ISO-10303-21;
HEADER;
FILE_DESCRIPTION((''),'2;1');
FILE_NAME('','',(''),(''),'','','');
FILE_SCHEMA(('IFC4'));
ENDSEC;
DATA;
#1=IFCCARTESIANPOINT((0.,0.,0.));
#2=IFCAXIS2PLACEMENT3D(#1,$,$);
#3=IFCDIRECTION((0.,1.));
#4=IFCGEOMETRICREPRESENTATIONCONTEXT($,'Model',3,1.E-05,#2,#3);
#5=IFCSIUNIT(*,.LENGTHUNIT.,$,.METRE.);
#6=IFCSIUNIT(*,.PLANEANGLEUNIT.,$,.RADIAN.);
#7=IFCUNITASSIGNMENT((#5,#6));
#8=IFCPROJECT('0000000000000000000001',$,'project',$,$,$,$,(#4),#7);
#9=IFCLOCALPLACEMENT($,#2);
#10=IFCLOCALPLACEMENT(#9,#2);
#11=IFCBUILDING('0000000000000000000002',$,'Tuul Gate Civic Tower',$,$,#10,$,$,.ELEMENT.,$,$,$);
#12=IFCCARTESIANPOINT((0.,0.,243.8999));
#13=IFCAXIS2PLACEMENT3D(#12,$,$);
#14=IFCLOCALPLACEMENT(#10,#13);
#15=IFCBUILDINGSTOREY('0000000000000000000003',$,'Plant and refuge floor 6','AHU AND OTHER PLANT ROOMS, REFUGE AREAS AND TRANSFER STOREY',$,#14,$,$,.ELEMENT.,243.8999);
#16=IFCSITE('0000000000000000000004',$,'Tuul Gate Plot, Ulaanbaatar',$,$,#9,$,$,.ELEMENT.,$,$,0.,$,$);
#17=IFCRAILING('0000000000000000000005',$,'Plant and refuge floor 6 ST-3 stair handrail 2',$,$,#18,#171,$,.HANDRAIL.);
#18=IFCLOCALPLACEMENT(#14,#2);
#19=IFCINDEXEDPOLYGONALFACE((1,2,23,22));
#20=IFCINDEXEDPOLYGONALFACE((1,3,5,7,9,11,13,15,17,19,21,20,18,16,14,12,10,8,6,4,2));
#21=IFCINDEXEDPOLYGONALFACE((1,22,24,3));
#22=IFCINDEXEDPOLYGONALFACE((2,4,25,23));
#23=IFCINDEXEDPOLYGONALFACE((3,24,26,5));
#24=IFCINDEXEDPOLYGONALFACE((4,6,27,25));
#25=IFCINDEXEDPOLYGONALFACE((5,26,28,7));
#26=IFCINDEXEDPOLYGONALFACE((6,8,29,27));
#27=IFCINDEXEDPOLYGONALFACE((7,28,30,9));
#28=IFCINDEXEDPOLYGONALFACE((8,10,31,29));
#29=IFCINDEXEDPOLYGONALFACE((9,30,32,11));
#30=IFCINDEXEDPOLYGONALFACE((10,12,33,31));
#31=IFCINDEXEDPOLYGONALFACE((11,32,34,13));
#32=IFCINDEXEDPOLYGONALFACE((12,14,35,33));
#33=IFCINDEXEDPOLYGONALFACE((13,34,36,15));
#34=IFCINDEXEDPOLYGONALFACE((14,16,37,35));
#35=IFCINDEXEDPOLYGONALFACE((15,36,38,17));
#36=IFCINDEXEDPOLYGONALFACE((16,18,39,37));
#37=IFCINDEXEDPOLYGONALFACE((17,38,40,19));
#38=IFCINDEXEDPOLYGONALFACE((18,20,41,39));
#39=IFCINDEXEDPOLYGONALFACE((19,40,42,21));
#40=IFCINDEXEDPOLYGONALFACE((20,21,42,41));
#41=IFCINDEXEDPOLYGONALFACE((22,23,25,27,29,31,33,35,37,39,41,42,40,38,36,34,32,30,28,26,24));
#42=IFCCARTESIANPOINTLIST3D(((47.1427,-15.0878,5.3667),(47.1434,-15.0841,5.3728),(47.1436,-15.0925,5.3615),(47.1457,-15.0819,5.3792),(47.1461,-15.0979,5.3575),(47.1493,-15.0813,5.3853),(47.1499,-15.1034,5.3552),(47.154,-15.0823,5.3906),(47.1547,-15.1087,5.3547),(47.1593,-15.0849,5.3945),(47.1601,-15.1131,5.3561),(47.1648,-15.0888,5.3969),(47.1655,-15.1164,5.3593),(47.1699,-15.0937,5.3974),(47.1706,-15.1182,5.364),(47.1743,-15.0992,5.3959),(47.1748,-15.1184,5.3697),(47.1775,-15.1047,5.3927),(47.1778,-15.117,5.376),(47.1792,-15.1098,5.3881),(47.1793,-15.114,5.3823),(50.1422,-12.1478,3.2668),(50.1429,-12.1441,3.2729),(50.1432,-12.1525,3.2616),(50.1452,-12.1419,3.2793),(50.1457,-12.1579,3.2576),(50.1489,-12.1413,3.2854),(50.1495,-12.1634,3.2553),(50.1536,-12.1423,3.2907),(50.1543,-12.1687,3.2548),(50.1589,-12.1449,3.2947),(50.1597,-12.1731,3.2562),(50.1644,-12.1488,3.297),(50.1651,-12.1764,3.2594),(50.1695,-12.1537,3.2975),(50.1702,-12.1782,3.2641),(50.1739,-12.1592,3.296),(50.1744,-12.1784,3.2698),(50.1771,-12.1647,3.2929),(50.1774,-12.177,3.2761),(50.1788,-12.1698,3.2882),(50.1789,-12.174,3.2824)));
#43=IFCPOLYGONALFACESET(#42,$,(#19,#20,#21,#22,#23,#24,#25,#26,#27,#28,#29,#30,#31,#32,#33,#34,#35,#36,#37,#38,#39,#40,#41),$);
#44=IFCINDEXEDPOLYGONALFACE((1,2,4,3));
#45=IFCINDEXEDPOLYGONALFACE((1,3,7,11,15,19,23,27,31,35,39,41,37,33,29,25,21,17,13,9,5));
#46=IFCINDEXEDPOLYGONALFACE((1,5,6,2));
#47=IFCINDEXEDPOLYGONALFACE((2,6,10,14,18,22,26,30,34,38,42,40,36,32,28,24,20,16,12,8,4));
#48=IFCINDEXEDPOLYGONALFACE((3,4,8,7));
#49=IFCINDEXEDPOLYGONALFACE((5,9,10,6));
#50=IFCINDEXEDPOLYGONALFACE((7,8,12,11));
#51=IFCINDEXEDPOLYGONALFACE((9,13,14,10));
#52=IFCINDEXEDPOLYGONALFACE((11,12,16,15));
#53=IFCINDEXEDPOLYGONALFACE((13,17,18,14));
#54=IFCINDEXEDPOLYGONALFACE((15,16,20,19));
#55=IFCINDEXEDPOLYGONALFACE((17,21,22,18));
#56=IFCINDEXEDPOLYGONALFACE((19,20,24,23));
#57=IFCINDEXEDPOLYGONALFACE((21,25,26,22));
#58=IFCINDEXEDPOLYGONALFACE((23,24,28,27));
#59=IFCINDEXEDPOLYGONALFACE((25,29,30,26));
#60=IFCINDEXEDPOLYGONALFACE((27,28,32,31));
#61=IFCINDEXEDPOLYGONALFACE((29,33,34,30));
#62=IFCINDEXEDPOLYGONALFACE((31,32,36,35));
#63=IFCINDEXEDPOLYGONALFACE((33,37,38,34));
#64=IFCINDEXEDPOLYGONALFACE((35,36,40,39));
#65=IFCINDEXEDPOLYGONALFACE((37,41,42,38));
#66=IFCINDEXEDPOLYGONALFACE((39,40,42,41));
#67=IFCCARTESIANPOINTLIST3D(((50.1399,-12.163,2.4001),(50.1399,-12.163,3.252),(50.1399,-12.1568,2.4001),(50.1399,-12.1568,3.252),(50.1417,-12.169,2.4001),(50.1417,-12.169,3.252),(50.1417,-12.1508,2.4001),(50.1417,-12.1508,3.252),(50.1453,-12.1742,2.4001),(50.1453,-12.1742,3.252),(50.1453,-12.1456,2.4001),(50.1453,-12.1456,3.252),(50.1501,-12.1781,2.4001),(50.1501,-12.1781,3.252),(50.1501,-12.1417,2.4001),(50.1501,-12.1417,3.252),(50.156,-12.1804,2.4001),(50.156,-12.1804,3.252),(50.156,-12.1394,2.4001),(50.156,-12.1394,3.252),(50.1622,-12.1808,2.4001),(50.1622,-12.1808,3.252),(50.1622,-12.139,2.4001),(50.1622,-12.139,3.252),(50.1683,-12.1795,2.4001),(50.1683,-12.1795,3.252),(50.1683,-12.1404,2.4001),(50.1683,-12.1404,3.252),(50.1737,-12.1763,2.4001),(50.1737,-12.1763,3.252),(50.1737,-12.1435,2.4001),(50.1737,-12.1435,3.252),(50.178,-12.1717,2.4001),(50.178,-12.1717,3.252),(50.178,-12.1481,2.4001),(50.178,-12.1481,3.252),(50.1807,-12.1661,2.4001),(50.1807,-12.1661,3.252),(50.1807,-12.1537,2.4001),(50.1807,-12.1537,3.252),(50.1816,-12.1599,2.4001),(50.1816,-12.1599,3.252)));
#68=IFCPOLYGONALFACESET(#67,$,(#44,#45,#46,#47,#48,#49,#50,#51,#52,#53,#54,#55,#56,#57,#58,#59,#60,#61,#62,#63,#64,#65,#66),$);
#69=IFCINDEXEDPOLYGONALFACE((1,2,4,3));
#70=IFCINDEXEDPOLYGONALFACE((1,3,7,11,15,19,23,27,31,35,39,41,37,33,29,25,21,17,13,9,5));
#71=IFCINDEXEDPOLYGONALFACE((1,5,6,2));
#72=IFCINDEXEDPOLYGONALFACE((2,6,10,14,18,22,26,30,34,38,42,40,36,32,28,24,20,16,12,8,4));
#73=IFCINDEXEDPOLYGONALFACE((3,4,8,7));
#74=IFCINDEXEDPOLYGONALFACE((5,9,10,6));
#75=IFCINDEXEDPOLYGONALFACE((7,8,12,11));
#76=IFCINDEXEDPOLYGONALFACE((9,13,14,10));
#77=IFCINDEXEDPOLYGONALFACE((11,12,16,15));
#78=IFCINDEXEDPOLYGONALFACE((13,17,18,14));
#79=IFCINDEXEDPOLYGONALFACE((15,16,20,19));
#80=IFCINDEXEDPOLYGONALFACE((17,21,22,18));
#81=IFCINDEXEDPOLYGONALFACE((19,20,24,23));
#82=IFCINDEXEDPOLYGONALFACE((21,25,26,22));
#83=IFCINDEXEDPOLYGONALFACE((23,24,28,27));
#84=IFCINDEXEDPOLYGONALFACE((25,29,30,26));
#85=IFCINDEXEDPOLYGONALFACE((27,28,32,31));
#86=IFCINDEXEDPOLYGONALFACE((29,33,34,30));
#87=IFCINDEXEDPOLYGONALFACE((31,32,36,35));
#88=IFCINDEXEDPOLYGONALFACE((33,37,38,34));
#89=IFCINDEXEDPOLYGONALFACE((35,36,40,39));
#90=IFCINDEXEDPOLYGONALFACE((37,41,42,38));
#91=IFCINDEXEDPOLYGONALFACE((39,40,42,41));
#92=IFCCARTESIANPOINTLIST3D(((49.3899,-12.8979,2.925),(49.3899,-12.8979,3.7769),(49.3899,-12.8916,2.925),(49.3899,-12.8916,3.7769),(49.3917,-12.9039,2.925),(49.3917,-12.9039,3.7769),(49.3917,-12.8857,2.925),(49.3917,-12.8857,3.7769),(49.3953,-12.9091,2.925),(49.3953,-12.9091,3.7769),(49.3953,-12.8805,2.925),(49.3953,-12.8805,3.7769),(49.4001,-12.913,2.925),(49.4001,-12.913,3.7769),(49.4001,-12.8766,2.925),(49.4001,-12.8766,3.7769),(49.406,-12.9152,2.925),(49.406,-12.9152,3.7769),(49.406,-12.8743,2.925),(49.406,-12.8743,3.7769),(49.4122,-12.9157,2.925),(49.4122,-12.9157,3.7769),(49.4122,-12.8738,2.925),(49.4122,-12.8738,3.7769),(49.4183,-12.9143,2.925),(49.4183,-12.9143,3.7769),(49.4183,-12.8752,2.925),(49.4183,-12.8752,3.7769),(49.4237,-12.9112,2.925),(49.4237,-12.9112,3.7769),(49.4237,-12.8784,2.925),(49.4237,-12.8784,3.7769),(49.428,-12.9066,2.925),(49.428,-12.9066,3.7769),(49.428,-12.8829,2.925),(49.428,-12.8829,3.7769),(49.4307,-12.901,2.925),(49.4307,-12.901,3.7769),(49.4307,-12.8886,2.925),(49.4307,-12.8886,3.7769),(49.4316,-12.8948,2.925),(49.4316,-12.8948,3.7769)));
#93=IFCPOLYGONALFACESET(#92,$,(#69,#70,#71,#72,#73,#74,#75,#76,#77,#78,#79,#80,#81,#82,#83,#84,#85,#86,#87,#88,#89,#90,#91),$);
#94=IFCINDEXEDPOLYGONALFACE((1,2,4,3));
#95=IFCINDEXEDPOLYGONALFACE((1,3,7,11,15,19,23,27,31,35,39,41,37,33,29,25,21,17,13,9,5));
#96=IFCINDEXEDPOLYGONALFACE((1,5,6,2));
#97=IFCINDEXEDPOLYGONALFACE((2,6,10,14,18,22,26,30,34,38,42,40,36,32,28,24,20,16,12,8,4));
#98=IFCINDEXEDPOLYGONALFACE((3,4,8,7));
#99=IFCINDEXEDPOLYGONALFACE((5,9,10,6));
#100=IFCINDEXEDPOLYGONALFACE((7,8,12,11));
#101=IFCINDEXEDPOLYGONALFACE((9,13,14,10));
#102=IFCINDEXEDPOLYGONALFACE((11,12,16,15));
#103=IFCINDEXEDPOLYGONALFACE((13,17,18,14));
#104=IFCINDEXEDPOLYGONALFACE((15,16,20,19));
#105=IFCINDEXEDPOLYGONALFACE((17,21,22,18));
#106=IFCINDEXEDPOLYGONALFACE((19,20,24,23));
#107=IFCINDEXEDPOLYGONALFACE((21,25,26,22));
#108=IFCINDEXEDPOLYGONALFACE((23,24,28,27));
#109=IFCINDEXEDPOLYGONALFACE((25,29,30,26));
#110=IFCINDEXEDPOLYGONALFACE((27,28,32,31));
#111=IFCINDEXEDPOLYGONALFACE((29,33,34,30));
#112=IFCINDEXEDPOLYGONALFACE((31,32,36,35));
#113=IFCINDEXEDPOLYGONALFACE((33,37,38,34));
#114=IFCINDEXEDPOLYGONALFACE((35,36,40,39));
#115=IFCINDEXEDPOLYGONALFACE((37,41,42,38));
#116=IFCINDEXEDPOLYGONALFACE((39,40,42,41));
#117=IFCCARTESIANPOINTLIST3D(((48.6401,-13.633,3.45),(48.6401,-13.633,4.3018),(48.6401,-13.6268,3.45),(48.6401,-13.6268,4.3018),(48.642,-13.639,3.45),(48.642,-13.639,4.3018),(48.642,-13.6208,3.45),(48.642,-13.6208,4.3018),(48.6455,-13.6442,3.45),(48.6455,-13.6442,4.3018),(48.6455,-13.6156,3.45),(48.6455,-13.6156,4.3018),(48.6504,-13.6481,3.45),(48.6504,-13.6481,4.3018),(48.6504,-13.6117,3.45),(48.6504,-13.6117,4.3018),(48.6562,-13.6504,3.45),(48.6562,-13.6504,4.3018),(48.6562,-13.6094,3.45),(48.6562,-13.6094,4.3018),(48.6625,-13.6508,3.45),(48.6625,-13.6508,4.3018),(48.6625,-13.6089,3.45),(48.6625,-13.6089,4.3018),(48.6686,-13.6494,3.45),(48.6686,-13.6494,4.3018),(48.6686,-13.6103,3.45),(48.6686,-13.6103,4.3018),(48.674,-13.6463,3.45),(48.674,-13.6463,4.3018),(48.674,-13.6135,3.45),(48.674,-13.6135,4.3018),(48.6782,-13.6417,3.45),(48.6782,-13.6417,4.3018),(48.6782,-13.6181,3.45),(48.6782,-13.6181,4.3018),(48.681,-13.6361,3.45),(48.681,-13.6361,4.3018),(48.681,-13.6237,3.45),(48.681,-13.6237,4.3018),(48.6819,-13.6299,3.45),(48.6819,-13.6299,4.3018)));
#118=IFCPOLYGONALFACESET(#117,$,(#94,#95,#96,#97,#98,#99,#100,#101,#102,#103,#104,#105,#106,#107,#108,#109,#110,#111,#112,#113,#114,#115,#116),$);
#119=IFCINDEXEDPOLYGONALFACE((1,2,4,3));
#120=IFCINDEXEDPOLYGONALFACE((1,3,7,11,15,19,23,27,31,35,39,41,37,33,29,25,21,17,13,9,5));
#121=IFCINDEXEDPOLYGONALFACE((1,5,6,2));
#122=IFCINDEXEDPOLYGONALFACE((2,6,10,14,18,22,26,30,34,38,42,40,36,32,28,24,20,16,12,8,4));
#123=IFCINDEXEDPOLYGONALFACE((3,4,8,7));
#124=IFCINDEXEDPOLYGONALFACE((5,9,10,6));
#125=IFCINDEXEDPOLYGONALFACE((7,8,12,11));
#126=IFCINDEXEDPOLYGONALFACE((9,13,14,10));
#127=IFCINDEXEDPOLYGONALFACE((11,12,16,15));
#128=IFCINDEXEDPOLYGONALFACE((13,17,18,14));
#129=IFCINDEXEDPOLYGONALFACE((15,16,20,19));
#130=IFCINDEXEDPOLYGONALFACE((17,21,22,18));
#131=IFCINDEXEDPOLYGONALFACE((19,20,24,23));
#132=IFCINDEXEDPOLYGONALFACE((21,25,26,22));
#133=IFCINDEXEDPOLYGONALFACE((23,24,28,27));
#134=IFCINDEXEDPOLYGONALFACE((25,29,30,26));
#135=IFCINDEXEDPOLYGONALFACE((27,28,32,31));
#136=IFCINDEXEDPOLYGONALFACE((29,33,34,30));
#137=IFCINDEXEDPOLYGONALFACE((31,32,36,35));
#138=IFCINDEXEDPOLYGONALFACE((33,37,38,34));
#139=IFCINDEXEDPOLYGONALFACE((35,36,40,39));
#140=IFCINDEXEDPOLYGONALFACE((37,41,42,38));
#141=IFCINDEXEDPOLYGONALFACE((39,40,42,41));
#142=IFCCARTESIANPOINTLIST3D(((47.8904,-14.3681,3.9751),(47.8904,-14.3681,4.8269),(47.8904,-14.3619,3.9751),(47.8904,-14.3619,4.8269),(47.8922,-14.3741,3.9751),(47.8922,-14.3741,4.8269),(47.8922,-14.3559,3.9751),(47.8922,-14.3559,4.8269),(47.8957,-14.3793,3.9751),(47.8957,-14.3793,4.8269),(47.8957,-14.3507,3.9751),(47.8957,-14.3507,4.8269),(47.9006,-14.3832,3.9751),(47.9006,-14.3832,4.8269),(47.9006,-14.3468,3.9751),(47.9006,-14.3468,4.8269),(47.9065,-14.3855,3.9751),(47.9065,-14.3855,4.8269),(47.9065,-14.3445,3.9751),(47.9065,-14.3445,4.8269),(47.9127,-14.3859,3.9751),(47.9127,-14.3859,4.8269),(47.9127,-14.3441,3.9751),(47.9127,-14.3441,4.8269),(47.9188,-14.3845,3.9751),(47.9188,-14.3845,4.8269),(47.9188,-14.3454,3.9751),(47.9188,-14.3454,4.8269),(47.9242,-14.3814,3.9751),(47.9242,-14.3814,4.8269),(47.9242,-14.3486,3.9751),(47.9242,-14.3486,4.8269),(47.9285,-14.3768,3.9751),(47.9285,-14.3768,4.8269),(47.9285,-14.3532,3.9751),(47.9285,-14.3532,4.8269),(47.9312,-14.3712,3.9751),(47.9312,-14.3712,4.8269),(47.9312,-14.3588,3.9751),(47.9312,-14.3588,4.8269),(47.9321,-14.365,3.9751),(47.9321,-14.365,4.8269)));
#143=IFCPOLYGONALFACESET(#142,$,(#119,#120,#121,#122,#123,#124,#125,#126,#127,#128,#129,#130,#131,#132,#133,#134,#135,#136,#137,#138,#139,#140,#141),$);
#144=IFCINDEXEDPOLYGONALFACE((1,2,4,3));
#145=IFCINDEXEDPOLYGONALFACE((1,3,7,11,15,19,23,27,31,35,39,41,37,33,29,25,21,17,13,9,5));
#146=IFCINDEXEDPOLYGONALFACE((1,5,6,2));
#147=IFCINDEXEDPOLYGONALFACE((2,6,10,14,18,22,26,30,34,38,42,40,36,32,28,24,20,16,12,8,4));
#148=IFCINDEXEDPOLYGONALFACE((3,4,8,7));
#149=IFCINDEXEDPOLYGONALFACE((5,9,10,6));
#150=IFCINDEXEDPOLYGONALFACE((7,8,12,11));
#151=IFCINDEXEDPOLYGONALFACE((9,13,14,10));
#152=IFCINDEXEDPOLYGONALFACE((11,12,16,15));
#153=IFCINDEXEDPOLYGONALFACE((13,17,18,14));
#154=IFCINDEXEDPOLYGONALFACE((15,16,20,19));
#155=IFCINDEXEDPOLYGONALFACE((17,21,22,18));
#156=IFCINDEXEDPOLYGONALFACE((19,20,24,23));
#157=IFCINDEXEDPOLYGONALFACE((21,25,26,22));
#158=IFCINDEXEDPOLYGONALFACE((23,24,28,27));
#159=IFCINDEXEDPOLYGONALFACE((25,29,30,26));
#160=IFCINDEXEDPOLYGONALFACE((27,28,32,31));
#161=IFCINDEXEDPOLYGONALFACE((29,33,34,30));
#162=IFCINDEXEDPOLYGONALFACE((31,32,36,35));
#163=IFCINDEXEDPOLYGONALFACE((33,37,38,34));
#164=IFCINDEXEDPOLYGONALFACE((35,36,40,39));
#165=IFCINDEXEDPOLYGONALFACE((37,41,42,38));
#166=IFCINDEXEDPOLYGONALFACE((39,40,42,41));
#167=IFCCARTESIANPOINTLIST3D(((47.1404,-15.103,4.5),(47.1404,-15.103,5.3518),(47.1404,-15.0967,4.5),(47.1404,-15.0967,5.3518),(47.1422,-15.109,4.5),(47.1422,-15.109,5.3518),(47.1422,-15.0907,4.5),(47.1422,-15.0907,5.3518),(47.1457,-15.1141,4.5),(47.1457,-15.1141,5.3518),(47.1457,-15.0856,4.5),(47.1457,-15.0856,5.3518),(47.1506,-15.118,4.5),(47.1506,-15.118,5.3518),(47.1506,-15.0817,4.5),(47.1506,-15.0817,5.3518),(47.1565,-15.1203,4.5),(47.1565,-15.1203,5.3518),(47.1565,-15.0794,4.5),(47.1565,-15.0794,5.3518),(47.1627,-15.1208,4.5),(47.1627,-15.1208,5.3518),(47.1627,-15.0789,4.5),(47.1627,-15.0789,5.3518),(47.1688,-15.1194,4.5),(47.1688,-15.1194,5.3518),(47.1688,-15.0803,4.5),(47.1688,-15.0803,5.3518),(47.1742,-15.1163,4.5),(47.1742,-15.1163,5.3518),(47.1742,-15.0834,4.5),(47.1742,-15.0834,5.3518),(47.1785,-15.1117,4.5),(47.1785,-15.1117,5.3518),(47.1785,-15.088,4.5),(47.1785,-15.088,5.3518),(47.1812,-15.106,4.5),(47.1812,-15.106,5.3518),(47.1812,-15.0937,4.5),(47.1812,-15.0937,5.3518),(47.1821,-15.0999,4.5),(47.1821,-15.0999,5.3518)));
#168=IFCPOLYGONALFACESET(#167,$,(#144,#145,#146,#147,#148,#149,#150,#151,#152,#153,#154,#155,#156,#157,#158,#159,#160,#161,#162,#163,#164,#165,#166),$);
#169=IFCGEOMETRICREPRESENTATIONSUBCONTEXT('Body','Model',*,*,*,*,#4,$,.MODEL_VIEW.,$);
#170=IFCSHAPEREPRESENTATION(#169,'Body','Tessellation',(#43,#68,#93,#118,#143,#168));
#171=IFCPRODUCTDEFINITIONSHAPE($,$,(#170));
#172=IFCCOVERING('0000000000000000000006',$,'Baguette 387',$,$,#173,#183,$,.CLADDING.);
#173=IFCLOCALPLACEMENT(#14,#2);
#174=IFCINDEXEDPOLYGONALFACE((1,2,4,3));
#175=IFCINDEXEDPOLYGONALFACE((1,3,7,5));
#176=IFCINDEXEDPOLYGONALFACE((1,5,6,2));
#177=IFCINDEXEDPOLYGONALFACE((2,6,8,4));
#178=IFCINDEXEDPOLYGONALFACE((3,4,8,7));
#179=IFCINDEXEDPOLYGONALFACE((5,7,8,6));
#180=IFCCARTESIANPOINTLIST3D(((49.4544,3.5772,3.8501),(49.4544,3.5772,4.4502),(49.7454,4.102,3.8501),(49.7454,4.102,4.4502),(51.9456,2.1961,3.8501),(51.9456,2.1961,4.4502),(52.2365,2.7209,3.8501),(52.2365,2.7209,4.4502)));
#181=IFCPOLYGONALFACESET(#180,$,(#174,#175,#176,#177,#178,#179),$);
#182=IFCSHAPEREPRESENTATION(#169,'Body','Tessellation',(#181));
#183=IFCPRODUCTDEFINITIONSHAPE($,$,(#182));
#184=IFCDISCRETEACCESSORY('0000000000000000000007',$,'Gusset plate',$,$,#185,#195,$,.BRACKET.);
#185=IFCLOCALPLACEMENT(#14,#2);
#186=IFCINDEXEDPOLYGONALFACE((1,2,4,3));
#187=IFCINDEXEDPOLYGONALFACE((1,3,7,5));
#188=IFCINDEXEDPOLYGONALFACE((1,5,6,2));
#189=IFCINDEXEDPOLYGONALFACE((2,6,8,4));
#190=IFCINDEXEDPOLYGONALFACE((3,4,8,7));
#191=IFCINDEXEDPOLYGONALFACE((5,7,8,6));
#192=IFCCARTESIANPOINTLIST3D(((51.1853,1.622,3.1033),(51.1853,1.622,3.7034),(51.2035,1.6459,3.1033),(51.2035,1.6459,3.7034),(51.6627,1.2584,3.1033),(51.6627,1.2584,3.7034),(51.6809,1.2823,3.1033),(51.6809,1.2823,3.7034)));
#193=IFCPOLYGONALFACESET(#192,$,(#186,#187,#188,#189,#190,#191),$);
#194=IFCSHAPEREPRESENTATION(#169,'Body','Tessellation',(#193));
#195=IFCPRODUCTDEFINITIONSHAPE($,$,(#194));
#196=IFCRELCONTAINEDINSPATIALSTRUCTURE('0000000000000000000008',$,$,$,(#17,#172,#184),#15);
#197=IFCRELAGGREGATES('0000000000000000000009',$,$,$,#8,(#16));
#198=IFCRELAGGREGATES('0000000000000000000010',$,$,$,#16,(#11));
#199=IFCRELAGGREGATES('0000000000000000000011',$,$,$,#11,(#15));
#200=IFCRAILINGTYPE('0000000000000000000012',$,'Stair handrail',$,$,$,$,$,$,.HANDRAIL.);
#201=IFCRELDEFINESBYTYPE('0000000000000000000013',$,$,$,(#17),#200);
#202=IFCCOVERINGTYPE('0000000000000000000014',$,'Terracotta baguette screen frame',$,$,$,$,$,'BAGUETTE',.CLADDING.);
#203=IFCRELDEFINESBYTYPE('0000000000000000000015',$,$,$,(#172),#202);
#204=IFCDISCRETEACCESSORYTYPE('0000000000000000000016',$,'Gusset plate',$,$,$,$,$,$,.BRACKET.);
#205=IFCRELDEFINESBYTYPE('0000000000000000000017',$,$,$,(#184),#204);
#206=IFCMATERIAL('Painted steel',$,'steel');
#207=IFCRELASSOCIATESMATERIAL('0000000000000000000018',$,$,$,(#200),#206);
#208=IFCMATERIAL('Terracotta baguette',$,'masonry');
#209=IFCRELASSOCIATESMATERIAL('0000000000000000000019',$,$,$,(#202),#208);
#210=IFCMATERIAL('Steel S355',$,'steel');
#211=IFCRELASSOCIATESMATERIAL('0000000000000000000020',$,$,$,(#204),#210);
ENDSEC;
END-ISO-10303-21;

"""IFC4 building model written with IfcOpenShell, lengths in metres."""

from ifc_helpers import new_model, si_unit, direction, frame, origin, origin_2d, place, context, subcontext, project, spatial, rectangle, circle, extrude, material, material_profile, profile_set, type_object, element, save


model = new_model("IFC4")

# Units and contexts
model_context = context("Model", 3, precision=1e-05, world=origin(), true_north=direction((0.0, 1.0)))
body_context = subcontext(model_context, "Body", "Model", "MODEL_VIEW")
ifc_project = project(units=[si_unit("LENGTHUNIT", "METRE"), si_unit("PLANEANGLEUNIT", "RADIAN")], contexts=[model_context])

# Site, building, storey
site_placement = place(None, origin())
site = spatial("IfcSite", under=ifc_project, at=site_placement, Name="Tuul Gate Plot, Ulaanbaatar", CompositionType="ELEMENT", RefElevation=0.0)
building_placement = place(site_placement, origin())
building = spatial("IfcBuilding", under=site, at=building_placement, Name="Tuul Gate Civic Tower", CompositionType="ELEMENT")
storey_placement = place(building_placement, frame((0.0, 0.0, 243.8999)))
storey = spatial("IfcBuildingStorey", under=building, at=storey_placement, Name="Plant and refuge floor 6", Description="AHU AND OTHER PLANT ROOMS, REFUGE AREAS AND TRANSFER STOREY", CompositionType="ELEMENT", Elevation=243.8999)

# Railing
ifc_material_1 = material(Name="Painted steel", Category="steel")
railing_type = type_object("IfcRailingType", Name="Stair handrail", PredefinedType="HANDRAIL", material=ifc_material_1)
railing_placement = place(storey_placement, frame((50.1606, -12.1599, 2.4001)))
element("IfcRailing", 1, at=railing_placement, inside=storey, type_object=railing_type, Name="Plant and refuge floor 6 ST-3 stair handrail 2", PredefinedType="HANDRAIL", context=body_context, shape_type="SweptSolid", body=[
    extrude(circle(Radius=0.0239, at=origin_2d()), frame((0.0, 0.0, 0.876), z_axis=(-0.638777, -0.626091, 0.447185), x_axis=(0.69998, -0.714163, 0.0)), (0.0, 0.0, 1.0), 4.6958),
    extrude(circle(Radius=0.021, at=origin_2d()), origin(), (0.0, 0.0, 1.0), 0.8518),
    extrude(circle(Radius=0.021, at=origin_2d()), frame((-0.75, -0.7349, 0.5249)), (0.0, 0.0, 1.0), 0.8518),
    extrude(circle(Radius=0.021, at=origin_2d()), frame((-1.4998, -1.47, 1.0498)), (0.0, 0.0, 1.0), 0.8518),
    extrude(circle(Radius=0.021, at=origin_2d()), frame((-2.2495, -2.2051, 1.575)), (0.0, 0.0, 1.0), 0.8518),
    extrude(circle(Radius=0.021, at=origin_2d()), frame((-2.9995, -2.9399, 2.0999)), (0.0, 0.0, 1.0), 0.8518),
])

# Covering
ifc_material_2 = material(Name="Terracotta baguette", Category="masonry")
ifc_material_profile_1 = material_profile(ifc_material_2, rectangle(XDim=0.6001, YDim=0.6001, at=origin_2d()), Name="Terracotta baguette screen frame")
ifc_profile_set_1 = profile_set([ifc_material_profile_1], Name="Terracotta baguette")
covering_type = type_object("IfcCoveringType", Name="Terracotta baguette screen frame", ElementType="BAGUETTE", PredefinedType="CLADDING", material=ifc_profile_set_1)
covering_placement = place(storey_placement, frame((52.0911, 2.4585, 4.1501), z_axis=(-0.87459, 0.484864, 0.0), x_axis=(-0.484864, -0.87459, 0.0)))
element("IfcCovering", 2, at=covering_placement, inside=storey, type_object=covering_type, Name="Baguette 387", PredefinedType="CLADDING", context=body_context, shape_type="SweptSolid", body=[
    extrude(rectangle(XDim=0.6001, YDim=0.6001, at=origin_2d()), origin(), (0.0, 0.0, 1.0), 2.8484),
])

# Discrete accessory
ifc_material_3 = material(Name="Steel S355", Category="steel")
discrete_accessory_type = type_object("IfcDiscreteAccessoryType", Name="Gusset plate", PredefinedType="BRACKET", material=ifc_material_3)
discrete_accessory_placement = place(storey_placement, frame((51.4331, 1.4521, 3.1033), z_axis=(0.0, 0.0, 1.0), x_axis=(0.795584, -0.605843, 0.0)))
element("IfcDiscreteAccessory", 3, at=discrete_accessory_placement, inside=storey, type_object=discrete_accessory_type, Name="Gusset plate", PredefinedType="BRACKET", context=body_context, shape_type="SweptSolid", body=[
    extrude(rectangle(XDim=0.6001, YDim=0.03, at=origin_2d()), origin(), (0.0, 0.0, 1.0), 0.6001),
])

save(model, "model.ifc")
